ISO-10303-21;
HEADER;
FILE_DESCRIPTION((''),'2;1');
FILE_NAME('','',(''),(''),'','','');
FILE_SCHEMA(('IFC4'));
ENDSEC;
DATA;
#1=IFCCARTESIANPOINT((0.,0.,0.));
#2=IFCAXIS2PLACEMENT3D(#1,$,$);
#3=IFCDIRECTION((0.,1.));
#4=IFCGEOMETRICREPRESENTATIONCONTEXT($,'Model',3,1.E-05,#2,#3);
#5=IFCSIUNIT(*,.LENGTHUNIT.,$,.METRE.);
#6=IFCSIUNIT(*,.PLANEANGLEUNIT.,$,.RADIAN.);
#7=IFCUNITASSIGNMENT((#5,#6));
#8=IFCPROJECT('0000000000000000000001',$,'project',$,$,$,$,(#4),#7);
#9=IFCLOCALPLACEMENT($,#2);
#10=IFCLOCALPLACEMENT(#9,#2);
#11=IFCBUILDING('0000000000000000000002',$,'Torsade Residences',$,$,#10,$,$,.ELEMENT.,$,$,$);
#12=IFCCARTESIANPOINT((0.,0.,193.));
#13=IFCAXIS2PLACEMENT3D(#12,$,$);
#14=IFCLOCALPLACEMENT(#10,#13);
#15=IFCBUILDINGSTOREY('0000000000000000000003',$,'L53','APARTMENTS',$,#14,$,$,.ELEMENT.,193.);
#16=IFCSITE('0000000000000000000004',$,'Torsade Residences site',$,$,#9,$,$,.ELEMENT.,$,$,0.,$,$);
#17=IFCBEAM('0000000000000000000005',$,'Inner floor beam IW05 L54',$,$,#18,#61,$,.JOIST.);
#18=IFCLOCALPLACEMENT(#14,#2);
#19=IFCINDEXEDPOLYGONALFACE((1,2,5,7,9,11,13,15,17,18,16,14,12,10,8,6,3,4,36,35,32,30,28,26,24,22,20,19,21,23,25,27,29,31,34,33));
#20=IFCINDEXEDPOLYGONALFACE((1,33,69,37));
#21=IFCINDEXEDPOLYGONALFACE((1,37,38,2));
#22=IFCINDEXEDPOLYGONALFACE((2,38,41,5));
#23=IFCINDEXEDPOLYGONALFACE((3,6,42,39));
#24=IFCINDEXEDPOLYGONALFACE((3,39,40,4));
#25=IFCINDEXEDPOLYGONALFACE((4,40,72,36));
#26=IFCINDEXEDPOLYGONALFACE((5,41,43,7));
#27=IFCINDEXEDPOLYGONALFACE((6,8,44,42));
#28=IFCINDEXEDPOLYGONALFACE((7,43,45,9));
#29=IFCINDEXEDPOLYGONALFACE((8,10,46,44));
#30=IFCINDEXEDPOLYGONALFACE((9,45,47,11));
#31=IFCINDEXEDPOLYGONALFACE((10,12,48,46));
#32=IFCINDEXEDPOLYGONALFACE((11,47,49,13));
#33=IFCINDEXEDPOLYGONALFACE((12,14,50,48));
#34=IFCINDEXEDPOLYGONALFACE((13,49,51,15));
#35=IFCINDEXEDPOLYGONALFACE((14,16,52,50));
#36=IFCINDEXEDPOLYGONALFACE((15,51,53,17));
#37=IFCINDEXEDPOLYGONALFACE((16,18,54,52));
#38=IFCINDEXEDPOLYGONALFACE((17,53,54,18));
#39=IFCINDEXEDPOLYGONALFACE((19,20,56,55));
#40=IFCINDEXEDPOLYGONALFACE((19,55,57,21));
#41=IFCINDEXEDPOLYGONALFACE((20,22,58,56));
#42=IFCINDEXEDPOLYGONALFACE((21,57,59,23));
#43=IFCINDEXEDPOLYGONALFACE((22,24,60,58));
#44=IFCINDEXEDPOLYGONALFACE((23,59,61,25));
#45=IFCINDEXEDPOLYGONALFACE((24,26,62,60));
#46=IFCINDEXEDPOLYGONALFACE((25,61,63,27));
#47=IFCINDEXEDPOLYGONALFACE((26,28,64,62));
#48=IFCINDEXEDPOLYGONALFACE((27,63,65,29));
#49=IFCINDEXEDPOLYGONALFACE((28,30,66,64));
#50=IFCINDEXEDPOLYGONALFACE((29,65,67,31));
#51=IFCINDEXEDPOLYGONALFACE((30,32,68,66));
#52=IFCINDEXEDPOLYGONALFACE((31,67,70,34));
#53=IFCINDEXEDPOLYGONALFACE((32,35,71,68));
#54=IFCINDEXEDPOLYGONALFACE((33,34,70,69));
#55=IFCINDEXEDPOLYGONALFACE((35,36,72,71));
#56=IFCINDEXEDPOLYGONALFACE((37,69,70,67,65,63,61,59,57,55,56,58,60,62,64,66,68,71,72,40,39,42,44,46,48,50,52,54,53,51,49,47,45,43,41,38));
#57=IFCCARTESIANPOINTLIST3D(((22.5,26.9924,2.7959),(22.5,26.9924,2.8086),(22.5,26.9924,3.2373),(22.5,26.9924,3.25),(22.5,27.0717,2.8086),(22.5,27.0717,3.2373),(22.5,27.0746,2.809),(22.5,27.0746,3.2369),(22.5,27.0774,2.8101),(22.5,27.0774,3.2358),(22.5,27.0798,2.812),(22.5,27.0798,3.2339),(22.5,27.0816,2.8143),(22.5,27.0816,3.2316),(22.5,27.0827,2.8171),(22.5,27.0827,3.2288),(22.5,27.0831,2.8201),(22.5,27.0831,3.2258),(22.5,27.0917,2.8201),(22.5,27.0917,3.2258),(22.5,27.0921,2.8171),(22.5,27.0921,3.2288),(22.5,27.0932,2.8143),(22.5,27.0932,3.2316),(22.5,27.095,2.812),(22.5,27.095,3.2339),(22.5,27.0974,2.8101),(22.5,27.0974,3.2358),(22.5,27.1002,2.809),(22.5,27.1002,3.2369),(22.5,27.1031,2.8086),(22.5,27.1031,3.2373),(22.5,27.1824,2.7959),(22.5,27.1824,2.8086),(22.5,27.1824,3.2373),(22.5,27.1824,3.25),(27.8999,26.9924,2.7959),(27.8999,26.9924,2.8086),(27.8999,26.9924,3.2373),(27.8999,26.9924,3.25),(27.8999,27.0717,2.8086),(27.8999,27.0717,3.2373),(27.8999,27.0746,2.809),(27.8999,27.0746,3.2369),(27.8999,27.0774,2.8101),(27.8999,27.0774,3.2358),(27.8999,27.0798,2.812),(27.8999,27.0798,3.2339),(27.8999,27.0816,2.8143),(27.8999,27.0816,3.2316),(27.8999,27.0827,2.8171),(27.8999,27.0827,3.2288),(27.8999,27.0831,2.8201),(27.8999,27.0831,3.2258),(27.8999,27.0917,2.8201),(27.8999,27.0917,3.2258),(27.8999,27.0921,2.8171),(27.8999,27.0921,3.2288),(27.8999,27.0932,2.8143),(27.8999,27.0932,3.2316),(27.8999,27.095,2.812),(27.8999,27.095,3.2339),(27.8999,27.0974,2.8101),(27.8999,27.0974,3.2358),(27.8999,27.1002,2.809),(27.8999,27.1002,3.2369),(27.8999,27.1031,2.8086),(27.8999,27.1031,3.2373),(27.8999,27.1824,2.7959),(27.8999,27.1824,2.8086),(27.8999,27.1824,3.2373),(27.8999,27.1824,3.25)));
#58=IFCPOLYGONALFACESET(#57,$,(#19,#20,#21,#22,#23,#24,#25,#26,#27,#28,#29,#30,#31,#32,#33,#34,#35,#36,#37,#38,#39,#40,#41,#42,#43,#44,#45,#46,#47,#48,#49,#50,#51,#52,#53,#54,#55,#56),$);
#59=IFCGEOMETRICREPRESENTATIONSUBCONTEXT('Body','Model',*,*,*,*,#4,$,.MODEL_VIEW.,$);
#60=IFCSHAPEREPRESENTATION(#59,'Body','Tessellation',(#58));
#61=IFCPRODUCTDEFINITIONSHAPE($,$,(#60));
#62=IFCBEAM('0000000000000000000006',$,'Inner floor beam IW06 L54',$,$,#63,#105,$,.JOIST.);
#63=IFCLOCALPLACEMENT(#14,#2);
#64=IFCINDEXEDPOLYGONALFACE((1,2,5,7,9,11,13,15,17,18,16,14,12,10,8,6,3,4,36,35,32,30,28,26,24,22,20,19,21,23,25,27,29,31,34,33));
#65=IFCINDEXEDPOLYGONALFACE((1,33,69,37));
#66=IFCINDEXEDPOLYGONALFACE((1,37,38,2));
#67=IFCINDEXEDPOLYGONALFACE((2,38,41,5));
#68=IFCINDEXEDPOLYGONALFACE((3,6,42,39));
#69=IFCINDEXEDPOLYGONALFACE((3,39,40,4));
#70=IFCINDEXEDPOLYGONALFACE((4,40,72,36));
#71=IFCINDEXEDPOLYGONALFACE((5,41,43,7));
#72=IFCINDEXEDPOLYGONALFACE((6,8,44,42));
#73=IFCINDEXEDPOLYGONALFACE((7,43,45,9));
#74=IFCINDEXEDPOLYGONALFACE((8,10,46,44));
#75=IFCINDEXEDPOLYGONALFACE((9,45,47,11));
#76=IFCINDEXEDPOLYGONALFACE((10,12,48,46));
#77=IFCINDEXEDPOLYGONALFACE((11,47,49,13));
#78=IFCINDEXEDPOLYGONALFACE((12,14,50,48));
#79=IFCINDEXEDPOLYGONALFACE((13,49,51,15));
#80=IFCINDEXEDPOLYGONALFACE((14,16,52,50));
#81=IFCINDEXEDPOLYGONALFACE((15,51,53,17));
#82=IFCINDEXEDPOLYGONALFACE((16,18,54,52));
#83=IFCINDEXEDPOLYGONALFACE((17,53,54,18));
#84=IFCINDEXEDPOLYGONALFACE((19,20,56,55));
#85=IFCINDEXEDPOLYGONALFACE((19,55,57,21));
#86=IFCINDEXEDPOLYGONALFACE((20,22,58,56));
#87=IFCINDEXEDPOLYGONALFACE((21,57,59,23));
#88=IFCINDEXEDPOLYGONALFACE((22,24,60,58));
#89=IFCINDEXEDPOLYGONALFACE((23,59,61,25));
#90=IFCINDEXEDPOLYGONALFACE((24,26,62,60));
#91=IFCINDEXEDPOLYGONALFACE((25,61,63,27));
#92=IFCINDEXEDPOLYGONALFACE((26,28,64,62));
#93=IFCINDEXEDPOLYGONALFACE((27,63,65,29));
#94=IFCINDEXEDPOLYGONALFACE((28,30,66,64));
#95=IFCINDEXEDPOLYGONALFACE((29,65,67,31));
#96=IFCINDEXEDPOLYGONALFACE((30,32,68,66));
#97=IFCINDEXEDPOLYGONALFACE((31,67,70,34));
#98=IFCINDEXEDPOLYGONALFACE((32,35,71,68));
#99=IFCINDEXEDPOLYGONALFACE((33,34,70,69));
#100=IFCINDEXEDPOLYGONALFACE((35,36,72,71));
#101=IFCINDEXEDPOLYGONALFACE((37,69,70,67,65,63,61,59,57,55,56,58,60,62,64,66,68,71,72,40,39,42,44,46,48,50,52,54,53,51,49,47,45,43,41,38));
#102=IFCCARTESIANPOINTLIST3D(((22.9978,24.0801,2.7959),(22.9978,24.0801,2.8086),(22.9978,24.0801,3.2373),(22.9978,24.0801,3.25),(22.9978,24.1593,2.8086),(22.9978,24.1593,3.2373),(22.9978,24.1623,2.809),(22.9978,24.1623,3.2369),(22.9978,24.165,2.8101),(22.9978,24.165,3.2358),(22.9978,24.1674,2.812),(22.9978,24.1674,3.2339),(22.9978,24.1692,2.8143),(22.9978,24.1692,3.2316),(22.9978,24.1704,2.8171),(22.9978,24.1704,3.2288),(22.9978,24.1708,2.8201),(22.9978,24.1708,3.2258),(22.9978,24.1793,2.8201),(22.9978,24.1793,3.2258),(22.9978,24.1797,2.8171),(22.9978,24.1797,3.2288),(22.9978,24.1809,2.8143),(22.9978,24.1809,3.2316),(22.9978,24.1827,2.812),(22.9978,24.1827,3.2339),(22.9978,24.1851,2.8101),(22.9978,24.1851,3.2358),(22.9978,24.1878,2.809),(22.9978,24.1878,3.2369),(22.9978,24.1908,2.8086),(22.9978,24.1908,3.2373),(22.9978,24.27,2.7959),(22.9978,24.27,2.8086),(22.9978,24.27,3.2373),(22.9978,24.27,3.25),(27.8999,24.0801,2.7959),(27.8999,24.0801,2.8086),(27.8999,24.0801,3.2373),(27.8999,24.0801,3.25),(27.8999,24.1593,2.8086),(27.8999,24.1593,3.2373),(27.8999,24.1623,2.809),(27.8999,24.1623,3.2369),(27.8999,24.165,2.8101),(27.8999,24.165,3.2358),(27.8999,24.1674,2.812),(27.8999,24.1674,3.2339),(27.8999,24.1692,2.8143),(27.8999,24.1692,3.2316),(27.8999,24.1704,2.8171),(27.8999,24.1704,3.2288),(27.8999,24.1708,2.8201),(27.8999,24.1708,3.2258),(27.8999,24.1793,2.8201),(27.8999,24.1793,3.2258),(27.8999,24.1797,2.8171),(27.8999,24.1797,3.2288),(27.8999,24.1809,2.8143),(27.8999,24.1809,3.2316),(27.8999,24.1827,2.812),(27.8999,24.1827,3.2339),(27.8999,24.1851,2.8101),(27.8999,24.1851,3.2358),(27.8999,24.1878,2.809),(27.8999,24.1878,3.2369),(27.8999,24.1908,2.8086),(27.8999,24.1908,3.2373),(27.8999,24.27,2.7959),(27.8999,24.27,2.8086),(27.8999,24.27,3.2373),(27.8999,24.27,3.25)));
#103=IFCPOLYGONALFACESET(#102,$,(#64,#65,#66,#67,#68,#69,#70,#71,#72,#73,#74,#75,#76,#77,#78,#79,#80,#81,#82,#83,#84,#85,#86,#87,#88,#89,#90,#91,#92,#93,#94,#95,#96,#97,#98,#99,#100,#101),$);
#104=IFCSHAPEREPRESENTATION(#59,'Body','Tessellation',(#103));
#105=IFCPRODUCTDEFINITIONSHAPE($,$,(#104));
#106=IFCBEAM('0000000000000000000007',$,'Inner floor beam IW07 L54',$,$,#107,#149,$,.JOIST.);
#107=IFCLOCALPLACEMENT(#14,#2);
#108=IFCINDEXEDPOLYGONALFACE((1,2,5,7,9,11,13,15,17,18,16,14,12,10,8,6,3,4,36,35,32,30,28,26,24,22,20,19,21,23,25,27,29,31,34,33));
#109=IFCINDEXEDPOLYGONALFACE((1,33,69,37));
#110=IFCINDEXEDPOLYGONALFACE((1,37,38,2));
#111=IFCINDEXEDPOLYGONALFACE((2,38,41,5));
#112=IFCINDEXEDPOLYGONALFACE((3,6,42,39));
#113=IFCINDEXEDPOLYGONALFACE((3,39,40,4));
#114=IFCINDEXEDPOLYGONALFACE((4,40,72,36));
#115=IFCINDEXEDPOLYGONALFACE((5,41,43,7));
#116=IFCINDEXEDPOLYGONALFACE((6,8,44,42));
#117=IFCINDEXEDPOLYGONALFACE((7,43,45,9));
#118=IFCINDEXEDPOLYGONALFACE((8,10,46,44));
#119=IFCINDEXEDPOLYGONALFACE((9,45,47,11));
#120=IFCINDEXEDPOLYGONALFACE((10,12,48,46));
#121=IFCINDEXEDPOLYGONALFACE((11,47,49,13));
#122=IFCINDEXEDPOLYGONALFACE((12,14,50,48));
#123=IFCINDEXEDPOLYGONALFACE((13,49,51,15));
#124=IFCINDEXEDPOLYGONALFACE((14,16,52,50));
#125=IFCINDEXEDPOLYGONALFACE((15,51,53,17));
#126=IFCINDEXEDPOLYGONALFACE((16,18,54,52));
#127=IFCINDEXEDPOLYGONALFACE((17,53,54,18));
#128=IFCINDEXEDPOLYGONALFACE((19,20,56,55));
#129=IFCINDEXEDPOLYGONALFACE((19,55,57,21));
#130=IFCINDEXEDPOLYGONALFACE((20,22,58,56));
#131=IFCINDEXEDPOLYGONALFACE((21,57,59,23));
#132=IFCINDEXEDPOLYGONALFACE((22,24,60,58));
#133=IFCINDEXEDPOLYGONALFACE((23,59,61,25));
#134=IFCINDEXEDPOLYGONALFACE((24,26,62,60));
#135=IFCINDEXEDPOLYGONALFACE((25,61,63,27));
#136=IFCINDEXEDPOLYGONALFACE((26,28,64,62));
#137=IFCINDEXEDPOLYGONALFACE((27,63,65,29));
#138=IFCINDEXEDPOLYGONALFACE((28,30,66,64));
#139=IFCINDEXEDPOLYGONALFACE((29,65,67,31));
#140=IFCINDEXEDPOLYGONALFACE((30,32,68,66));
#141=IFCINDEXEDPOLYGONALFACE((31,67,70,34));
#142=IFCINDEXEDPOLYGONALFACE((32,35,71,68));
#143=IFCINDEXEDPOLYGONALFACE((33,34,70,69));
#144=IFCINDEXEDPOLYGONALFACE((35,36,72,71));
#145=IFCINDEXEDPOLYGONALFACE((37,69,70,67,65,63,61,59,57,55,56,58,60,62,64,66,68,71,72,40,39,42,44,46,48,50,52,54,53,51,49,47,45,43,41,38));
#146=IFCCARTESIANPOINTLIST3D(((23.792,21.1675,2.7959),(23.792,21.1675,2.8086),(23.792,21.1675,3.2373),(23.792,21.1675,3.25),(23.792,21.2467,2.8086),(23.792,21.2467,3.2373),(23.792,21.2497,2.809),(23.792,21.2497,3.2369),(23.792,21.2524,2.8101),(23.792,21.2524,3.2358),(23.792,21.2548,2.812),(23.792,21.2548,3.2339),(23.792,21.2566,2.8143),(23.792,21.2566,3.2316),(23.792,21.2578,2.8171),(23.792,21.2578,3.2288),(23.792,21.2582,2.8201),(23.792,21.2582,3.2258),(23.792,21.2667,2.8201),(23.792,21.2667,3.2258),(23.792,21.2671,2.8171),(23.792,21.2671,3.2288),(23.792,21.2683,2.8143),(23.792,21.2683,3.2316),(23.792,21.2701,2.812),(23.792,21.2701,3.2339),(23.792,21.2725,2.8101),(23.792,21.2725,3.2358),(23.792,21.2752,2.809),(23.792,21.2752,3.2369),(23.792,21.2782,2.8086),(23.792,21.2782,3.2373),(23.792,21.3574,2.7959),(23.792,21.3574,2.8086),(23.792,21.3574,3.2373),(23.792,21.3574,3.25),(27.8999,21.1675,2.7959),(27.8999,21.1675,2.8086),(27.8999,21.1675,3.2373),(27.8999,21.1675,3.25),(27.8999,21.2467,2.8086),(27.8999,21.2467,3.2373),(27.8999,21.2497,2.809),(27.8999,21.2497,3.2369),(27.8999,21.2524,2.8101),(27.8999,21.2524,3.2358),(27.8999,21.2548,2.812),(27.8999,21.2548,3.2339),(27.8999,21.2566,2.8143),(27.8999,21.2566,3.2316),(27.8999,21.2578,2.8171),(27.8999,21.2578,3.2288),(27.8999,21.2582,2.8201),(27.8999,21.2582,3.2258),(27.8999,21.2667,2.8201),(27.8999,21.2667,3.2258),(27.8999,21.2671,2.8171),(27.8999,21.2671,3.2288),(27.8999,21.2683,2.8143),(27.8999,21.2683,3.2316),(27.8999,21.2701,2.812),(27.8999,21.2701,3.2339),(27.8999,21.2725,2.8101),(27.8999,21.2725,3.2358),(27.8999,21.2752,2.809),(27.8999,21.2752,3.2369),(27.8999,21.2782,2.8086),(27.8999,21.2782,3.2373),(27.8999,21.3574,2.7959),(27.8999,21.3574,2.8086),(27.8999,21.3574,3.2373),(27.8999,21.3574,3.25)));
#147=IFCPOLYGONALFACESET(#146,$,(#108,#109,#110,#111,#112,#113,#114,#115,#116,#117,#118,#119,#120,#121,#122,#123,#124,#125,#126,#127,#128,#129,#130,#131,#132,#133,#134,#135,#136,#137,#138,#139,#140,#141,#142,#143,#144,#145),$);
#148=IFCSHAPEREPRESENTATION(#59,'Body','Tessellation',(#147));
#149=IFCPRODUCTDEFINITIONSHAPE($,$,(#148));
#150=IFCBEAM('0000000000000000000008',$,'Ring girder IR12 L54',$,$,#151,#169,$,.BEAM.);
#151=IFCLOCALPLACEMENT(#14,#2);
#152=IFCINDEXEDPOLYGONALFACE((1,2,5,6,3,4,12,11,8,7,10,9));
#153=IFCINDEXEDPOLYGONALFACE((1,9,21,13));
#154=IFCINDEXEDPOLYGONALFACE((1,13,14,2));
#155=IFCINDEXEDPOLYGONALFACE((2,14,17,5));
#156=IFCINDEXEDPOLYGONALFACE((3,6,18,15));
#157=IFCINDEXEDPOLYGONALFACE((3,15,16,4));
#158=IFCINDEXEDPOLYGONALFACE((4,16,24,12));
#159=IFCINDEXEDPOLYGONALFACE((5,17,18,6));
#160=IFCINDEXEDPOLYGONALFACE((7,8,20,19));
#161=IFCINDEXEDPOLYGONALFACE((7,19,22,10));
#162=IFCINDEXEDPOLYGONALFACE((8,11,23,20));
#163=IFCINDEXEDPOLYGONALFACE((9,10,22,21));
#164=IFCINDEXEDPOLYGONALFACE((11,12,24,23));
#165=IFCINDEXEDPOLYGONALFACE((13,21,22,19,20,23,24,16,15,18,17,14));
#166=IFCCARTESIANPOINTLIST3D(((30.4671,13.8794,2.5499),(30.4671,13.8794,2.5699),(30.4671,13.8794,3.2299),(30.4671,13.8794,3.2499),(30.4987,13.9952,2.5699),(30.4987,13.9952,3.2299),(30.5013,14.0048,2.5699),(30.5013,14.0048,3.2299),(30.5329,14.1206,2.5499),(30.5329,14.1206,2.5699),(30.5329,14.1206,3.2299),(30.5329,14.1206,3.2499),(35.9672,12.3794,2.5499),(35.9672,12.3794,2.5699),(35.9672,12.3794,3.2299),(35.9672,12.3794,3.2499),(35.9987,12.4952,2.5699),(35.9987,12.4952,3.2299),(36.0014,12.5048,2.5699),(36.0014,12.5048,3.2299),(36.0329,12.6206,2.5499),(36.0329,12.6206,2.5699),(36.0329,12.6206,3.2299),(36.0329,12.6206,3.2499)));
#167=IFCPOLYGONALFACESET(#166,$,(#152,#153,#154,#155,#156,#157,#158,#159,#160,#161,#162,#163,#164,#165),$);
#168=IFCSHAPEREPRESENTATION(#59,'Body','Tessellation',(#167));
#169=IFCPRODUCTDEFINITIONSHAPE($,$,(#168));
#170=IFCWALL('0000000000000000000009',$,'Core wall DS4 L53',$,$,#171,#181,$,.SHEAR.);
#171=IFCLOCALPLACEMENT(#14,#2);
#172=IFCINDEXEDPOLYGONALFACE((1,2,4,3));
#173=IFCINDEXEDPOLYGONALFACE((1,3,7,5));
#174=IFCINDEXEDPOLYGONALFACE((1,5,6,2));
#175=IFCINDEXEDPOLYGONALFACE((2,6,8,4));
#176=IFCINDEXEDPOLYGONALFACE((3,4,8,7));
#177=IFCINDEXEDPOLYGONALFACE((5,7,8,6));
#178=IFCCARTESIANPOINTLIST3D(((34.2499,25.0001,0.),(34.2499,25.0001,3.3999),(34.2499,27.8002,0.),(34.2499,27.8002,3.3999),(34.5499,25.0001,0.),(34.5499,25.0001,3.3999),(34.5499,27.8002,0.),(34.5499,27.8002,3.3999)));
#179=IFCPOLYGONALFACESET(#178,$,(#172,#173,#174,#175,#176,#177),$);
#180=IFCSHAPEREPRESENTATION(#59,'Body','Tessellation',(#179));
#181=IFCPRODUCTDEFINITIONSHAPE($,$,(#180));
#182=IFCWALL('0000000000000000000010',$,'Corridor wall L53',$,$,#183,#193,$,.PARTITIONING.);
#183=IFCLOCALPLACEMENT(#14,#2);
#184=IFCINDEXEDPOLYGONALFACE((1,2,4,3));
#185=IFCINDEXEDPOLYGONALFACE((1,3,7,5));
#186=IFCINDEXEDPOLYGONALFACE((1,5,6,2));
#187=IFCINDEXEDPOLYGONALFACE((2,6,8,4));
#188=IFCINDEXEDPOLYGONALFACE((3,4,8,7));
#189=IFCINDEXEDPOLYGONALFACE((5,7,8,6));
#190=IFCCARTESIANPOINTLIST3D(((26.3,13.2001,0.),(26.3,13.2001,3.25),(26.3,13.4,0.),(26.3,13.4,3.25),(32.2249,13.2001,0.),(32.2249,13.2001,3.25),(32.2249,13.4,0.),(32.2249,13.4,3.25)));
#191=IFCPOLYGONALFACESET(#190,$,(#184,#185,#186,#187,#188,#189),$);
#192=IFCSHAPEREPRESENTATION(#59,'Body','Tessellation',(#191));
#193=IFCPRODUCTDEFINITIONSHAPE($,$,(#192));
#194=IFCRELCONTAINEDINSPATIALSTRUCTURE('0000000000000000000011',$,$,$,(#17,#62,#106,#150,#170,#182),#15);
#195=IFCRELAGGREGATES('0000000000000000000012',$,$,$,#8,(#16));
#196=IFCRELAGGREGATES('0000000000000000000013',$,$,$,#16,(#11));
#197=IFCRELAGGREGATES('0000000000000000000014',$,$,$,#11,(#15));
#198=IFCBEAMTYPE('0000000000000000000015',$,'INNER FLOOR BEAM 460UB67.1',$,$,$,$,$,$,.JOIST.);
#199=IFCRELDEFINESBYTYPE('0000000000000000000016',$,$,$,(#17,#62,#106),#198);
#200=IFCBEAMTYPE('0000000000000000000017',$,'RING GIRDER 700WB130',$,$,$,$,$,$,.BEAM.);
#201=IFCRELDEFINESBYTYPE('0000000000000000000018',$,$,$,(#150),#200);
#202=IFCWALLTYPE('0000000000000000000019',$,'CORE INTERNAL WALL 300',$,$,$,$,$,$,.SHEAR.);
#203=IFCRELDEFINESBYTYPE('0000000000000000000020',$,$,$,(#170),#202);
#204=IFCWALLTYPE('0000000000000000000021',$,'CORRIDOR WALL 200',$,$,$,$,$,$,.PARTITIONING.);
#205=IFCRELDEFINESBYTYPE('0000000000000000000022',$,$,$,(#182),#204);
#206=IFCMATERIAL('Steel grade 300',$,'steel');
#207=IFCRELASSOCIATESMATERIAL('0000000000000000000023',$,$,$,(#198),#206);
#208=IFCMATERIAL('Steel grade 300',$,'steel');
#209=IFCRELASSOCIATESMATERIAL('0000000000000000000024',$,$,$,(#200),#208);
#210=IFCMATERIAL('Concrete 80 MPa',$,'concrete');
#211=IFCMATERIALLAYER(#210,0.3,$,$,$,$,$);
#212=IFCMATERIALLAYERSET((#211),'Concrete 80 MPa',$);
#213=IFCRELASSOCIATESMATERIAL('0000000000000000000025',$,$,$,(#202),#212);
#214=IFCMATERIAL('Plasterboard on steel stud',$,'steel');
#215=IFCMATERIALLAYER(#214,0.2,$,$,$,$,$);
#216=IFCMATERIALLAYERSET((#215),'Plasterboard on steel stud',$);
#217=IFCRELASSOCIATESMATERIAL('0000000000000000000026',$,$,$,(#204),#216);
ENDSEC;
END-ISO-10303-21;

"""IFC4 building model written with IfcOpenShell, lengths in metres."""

from ifc_helpers import new_model, si_unit, direction, frame, frame_2d, origin, origin_2d, place, context, subcontext, project, spatial, rectangle, i_section, extrude, material, layer, layer_set, material_profile, profile_set, type_object, element, save


model = new_model("IFC4")

# Units and contexts
model_context = context("Model", 3, precision=1e-05, world=origin(), true_north=direction((0.0, 1.0)))
body_context = subcontext(model_context, "Body", "Model", "MODEL_VIEW")
ifc_project = project(units=[si_unit("LENGTHUNIT", "METRE"), si_unit("PLANEANGLEUNIT", "RADIAN")], contexts=[model_context])

# Site, building, storey
site_placement = place(None, origin())
site = spatial("IfcSite", under=ifc_project, at=site_placement, Name="Torsade Residences site", CompositionType="ELEMENT", RefElevation=0.0)
building_placement = place(site_placement, origin())
building = spatial("IfcBuilding", under=site, at=building_placement, Name="Torsade Residences", CompositionType="ELEMENT")
storey_placement = place(building_placement, frame((0.0, 0.0, 193.0)))
storey = spatial("IfcBuildingStorey", under=building, at=storey_placement, Name="L53", Description="APARTMENTS", CompositionType="ELEMENT", Elevation=193.0)

# Beams
ifc_material_1 = material(Name="Steel grade 300", Category="steel")
ifc_material_profile_1 = material_profile(ifc_material_1, i_section(OverallWidth=0.1899, OverallDepth=0.4541, WebThickness=0.0085, FlangeThickness=0.0127, FilletRadius=0.0115, at=origin_2d()), Name="460UB67.1")
ifc_profile_set_1 = profile_set([ifc_material_profile_1], Name="Steel grade 300")
beam_type_1 = type_object("IfcBeamType", Name="INNER FLOOR BEAM 460UB67.1", PredefinedType="JOIST", material=ifc_profile_set_1)
beam_1_placement = place(storey_placement, frame((27.8999, 27.0874, 3.0229), z_axis=(-1.0, 0.0, 0.0), x_axis=(0.0, -1.0, 0.0)))
element("IfcBeam", 1, at=beam_1_placement, inside=storey, type_object=beam_type_1, Name="Inner floor beam IW05 L54", PredefinedType="JOIST", context=body_context, shape_type="SweptSolid", body=[
    extrude(i_section(OverallWidth=0.1899, OverallDepth=0.4541, WebThickness=0.0085, FlangeThickness=0.0127, FilletRadius=0.0115, at=origin_2d()), origin(), (0.0, 0.0, 1.0), 5.3999),
])
beam_2_placement = place(storey_placement, frame((27.8999, 24.175, 3.0229), z_axis=(-1.0, 0.0, 0.0), x_axis=(0.0, -1.0, 0.0)))
element("IfcBeam", 2, at=beam_2_placement, inside=storey, type_object=beam_type_1, Name="Inner floor beam IW06 L54", PredefinedType="JOIST", context=body_context, shape_type="SweptSolid", body=[
    extrude(i_section(OverallWidth=0.1899, OverallDepth=0.4541, WebThickness=0.0085, FlangeThickness=0.0127, FilletRadius=0.0115, at=origin_2d()), origin(), (0.0, 0.0, 1.0), 4.9021),
])
beam_3_placement = place(storey_placement, frame((27.8999, 21.2625, 3.0229), z_axis=(-1.0, 0.0, 0.0), x_axis=(0.0, -1.0, 0.0)))
element("IfcBeam", 3, at=beam_3_placement, inside=storey, type_object=beam_type_1, Name="Inner floor beam IW07 L54", PredefinedType="JOIST", context=body_context, shape_type="SweptSolid", body=[
    extrude(i_section(OverallWidth=0.1899, OverallDepth=0.4541, WebThickness=0.0085, FlangeThickness=0.0127, FilletRadius=0.0115, at=origin_2d()), origin(), (0.0, 0.0, 1.0), 4.1079),
])
ifc_material_2 = material(Name="Steel grade 300", Category="steel")
ifc_material_profile_2 = material_profile(ifc_material_2, i_section(OverallWidth=0.25, OverallDepth=0.7, WebThickness=0.01, FlangeThickness=0.02, at=origin_2d()), Name="700WB130")
ifc_profile_set_2 = profile_set([ifc_material_profile_2], Name="Steel grade 300")
beam_type_2 = type_object("IfcBeamType", Name="RING GIRDER 700WB130", PredefinedType="BEAM", material=ifc_profile_set_2)
beam_4_placement = place(storey_placement, frame((30.5, 14.0, 2.8999), z_axis=(0.964764, -0.263117, 0.0), x_axis=(0.263117, 0.964764, 0.0)))
element("IfcBeam", 4, at=beam_4_placement, inside=storey, type_object=beam_type_2, Name="Ring girder IR12 L54", PredefinedType="BEAM", context=body_context, shape_type="SweptSolid", body=[
    extrude(i_section(OverallWidth=0.25, OverallDepth=0.7, WebThickness=0.01, FlangeThickness=0.02, at=origin_2d()), origin(), (0.0, 0.0, 1.0), 5.7009),
])

# Walls
ifc_material_3 = material(Name="Concrete 80 MPa", Category="concrete")
ifc_layer_1 = layer(ifc_material_3, 0.3)
ifc_layer_set_1 = layer_set([ifc_layer_1], Name="Concrete 80 MPa")
wall_type_1 = type_object("IfcWallType", Name="CORE INTERNAL WALL 300", PredefinedType="SHEAR", material=ifc_layer_set_1)
wall_1_placement = place(storey_placement, frame((34.3999, 27.8, 0.0), z_axis=(0.0, 0.0, 1.0), x_axis=(0.0, -1.0, 0.0)))
element("IfcWall", 5, at=wall_1_placement, inside=storey, type_object=wall_type_1, Name="Core wall DS4 L53", PredefinedType="SHEAR", context=body_context, shape_type="SweptSolid", body=[
    extrude(rectangle(XDim=2.8, YDim=0.3, at=frame_2d((1.3999, 0.0))), origin(), (0.0, 0.0, 1.0), 3.3999),
])
ifc_material_4 = material(Name="Plasterboard on steel stud", Category="steel")
ifc_layer_2 = layer(ifc_material_4, 0.2)
ifc_layer_set_2 = layer_set([ifc_layer_2], Name="Plasterboard on steel stud")
wall_type_2 = type_object("IfcWallType", Name="CORRIDOR WALL 200", PredefinedType="PARTITIONING", material=ifc_layer_set_2)
wall_2_placement = place(storey_placement, frame((26.3, 13.3, 0.0), z_axis=(0.0, 0.0, 1.0), x_axis=(1.0, 0.0, 0.0)))
element("IfcWall", 6, at=wall_2_placement, inside=storey, type_object=wall_type_2, Name="Corridor wall L53", PredefinedType="PARTITIONING", context=body_context, shape_type="SweptSolid", body=[
    extrude(rectangle(XDim=5.9248, YDim=0.2, at=frame_2d((2.9624, 0.0))), origin(), (0.0, 0.0, 1.0), 3.25),
])

save(model, "model.ifc")
